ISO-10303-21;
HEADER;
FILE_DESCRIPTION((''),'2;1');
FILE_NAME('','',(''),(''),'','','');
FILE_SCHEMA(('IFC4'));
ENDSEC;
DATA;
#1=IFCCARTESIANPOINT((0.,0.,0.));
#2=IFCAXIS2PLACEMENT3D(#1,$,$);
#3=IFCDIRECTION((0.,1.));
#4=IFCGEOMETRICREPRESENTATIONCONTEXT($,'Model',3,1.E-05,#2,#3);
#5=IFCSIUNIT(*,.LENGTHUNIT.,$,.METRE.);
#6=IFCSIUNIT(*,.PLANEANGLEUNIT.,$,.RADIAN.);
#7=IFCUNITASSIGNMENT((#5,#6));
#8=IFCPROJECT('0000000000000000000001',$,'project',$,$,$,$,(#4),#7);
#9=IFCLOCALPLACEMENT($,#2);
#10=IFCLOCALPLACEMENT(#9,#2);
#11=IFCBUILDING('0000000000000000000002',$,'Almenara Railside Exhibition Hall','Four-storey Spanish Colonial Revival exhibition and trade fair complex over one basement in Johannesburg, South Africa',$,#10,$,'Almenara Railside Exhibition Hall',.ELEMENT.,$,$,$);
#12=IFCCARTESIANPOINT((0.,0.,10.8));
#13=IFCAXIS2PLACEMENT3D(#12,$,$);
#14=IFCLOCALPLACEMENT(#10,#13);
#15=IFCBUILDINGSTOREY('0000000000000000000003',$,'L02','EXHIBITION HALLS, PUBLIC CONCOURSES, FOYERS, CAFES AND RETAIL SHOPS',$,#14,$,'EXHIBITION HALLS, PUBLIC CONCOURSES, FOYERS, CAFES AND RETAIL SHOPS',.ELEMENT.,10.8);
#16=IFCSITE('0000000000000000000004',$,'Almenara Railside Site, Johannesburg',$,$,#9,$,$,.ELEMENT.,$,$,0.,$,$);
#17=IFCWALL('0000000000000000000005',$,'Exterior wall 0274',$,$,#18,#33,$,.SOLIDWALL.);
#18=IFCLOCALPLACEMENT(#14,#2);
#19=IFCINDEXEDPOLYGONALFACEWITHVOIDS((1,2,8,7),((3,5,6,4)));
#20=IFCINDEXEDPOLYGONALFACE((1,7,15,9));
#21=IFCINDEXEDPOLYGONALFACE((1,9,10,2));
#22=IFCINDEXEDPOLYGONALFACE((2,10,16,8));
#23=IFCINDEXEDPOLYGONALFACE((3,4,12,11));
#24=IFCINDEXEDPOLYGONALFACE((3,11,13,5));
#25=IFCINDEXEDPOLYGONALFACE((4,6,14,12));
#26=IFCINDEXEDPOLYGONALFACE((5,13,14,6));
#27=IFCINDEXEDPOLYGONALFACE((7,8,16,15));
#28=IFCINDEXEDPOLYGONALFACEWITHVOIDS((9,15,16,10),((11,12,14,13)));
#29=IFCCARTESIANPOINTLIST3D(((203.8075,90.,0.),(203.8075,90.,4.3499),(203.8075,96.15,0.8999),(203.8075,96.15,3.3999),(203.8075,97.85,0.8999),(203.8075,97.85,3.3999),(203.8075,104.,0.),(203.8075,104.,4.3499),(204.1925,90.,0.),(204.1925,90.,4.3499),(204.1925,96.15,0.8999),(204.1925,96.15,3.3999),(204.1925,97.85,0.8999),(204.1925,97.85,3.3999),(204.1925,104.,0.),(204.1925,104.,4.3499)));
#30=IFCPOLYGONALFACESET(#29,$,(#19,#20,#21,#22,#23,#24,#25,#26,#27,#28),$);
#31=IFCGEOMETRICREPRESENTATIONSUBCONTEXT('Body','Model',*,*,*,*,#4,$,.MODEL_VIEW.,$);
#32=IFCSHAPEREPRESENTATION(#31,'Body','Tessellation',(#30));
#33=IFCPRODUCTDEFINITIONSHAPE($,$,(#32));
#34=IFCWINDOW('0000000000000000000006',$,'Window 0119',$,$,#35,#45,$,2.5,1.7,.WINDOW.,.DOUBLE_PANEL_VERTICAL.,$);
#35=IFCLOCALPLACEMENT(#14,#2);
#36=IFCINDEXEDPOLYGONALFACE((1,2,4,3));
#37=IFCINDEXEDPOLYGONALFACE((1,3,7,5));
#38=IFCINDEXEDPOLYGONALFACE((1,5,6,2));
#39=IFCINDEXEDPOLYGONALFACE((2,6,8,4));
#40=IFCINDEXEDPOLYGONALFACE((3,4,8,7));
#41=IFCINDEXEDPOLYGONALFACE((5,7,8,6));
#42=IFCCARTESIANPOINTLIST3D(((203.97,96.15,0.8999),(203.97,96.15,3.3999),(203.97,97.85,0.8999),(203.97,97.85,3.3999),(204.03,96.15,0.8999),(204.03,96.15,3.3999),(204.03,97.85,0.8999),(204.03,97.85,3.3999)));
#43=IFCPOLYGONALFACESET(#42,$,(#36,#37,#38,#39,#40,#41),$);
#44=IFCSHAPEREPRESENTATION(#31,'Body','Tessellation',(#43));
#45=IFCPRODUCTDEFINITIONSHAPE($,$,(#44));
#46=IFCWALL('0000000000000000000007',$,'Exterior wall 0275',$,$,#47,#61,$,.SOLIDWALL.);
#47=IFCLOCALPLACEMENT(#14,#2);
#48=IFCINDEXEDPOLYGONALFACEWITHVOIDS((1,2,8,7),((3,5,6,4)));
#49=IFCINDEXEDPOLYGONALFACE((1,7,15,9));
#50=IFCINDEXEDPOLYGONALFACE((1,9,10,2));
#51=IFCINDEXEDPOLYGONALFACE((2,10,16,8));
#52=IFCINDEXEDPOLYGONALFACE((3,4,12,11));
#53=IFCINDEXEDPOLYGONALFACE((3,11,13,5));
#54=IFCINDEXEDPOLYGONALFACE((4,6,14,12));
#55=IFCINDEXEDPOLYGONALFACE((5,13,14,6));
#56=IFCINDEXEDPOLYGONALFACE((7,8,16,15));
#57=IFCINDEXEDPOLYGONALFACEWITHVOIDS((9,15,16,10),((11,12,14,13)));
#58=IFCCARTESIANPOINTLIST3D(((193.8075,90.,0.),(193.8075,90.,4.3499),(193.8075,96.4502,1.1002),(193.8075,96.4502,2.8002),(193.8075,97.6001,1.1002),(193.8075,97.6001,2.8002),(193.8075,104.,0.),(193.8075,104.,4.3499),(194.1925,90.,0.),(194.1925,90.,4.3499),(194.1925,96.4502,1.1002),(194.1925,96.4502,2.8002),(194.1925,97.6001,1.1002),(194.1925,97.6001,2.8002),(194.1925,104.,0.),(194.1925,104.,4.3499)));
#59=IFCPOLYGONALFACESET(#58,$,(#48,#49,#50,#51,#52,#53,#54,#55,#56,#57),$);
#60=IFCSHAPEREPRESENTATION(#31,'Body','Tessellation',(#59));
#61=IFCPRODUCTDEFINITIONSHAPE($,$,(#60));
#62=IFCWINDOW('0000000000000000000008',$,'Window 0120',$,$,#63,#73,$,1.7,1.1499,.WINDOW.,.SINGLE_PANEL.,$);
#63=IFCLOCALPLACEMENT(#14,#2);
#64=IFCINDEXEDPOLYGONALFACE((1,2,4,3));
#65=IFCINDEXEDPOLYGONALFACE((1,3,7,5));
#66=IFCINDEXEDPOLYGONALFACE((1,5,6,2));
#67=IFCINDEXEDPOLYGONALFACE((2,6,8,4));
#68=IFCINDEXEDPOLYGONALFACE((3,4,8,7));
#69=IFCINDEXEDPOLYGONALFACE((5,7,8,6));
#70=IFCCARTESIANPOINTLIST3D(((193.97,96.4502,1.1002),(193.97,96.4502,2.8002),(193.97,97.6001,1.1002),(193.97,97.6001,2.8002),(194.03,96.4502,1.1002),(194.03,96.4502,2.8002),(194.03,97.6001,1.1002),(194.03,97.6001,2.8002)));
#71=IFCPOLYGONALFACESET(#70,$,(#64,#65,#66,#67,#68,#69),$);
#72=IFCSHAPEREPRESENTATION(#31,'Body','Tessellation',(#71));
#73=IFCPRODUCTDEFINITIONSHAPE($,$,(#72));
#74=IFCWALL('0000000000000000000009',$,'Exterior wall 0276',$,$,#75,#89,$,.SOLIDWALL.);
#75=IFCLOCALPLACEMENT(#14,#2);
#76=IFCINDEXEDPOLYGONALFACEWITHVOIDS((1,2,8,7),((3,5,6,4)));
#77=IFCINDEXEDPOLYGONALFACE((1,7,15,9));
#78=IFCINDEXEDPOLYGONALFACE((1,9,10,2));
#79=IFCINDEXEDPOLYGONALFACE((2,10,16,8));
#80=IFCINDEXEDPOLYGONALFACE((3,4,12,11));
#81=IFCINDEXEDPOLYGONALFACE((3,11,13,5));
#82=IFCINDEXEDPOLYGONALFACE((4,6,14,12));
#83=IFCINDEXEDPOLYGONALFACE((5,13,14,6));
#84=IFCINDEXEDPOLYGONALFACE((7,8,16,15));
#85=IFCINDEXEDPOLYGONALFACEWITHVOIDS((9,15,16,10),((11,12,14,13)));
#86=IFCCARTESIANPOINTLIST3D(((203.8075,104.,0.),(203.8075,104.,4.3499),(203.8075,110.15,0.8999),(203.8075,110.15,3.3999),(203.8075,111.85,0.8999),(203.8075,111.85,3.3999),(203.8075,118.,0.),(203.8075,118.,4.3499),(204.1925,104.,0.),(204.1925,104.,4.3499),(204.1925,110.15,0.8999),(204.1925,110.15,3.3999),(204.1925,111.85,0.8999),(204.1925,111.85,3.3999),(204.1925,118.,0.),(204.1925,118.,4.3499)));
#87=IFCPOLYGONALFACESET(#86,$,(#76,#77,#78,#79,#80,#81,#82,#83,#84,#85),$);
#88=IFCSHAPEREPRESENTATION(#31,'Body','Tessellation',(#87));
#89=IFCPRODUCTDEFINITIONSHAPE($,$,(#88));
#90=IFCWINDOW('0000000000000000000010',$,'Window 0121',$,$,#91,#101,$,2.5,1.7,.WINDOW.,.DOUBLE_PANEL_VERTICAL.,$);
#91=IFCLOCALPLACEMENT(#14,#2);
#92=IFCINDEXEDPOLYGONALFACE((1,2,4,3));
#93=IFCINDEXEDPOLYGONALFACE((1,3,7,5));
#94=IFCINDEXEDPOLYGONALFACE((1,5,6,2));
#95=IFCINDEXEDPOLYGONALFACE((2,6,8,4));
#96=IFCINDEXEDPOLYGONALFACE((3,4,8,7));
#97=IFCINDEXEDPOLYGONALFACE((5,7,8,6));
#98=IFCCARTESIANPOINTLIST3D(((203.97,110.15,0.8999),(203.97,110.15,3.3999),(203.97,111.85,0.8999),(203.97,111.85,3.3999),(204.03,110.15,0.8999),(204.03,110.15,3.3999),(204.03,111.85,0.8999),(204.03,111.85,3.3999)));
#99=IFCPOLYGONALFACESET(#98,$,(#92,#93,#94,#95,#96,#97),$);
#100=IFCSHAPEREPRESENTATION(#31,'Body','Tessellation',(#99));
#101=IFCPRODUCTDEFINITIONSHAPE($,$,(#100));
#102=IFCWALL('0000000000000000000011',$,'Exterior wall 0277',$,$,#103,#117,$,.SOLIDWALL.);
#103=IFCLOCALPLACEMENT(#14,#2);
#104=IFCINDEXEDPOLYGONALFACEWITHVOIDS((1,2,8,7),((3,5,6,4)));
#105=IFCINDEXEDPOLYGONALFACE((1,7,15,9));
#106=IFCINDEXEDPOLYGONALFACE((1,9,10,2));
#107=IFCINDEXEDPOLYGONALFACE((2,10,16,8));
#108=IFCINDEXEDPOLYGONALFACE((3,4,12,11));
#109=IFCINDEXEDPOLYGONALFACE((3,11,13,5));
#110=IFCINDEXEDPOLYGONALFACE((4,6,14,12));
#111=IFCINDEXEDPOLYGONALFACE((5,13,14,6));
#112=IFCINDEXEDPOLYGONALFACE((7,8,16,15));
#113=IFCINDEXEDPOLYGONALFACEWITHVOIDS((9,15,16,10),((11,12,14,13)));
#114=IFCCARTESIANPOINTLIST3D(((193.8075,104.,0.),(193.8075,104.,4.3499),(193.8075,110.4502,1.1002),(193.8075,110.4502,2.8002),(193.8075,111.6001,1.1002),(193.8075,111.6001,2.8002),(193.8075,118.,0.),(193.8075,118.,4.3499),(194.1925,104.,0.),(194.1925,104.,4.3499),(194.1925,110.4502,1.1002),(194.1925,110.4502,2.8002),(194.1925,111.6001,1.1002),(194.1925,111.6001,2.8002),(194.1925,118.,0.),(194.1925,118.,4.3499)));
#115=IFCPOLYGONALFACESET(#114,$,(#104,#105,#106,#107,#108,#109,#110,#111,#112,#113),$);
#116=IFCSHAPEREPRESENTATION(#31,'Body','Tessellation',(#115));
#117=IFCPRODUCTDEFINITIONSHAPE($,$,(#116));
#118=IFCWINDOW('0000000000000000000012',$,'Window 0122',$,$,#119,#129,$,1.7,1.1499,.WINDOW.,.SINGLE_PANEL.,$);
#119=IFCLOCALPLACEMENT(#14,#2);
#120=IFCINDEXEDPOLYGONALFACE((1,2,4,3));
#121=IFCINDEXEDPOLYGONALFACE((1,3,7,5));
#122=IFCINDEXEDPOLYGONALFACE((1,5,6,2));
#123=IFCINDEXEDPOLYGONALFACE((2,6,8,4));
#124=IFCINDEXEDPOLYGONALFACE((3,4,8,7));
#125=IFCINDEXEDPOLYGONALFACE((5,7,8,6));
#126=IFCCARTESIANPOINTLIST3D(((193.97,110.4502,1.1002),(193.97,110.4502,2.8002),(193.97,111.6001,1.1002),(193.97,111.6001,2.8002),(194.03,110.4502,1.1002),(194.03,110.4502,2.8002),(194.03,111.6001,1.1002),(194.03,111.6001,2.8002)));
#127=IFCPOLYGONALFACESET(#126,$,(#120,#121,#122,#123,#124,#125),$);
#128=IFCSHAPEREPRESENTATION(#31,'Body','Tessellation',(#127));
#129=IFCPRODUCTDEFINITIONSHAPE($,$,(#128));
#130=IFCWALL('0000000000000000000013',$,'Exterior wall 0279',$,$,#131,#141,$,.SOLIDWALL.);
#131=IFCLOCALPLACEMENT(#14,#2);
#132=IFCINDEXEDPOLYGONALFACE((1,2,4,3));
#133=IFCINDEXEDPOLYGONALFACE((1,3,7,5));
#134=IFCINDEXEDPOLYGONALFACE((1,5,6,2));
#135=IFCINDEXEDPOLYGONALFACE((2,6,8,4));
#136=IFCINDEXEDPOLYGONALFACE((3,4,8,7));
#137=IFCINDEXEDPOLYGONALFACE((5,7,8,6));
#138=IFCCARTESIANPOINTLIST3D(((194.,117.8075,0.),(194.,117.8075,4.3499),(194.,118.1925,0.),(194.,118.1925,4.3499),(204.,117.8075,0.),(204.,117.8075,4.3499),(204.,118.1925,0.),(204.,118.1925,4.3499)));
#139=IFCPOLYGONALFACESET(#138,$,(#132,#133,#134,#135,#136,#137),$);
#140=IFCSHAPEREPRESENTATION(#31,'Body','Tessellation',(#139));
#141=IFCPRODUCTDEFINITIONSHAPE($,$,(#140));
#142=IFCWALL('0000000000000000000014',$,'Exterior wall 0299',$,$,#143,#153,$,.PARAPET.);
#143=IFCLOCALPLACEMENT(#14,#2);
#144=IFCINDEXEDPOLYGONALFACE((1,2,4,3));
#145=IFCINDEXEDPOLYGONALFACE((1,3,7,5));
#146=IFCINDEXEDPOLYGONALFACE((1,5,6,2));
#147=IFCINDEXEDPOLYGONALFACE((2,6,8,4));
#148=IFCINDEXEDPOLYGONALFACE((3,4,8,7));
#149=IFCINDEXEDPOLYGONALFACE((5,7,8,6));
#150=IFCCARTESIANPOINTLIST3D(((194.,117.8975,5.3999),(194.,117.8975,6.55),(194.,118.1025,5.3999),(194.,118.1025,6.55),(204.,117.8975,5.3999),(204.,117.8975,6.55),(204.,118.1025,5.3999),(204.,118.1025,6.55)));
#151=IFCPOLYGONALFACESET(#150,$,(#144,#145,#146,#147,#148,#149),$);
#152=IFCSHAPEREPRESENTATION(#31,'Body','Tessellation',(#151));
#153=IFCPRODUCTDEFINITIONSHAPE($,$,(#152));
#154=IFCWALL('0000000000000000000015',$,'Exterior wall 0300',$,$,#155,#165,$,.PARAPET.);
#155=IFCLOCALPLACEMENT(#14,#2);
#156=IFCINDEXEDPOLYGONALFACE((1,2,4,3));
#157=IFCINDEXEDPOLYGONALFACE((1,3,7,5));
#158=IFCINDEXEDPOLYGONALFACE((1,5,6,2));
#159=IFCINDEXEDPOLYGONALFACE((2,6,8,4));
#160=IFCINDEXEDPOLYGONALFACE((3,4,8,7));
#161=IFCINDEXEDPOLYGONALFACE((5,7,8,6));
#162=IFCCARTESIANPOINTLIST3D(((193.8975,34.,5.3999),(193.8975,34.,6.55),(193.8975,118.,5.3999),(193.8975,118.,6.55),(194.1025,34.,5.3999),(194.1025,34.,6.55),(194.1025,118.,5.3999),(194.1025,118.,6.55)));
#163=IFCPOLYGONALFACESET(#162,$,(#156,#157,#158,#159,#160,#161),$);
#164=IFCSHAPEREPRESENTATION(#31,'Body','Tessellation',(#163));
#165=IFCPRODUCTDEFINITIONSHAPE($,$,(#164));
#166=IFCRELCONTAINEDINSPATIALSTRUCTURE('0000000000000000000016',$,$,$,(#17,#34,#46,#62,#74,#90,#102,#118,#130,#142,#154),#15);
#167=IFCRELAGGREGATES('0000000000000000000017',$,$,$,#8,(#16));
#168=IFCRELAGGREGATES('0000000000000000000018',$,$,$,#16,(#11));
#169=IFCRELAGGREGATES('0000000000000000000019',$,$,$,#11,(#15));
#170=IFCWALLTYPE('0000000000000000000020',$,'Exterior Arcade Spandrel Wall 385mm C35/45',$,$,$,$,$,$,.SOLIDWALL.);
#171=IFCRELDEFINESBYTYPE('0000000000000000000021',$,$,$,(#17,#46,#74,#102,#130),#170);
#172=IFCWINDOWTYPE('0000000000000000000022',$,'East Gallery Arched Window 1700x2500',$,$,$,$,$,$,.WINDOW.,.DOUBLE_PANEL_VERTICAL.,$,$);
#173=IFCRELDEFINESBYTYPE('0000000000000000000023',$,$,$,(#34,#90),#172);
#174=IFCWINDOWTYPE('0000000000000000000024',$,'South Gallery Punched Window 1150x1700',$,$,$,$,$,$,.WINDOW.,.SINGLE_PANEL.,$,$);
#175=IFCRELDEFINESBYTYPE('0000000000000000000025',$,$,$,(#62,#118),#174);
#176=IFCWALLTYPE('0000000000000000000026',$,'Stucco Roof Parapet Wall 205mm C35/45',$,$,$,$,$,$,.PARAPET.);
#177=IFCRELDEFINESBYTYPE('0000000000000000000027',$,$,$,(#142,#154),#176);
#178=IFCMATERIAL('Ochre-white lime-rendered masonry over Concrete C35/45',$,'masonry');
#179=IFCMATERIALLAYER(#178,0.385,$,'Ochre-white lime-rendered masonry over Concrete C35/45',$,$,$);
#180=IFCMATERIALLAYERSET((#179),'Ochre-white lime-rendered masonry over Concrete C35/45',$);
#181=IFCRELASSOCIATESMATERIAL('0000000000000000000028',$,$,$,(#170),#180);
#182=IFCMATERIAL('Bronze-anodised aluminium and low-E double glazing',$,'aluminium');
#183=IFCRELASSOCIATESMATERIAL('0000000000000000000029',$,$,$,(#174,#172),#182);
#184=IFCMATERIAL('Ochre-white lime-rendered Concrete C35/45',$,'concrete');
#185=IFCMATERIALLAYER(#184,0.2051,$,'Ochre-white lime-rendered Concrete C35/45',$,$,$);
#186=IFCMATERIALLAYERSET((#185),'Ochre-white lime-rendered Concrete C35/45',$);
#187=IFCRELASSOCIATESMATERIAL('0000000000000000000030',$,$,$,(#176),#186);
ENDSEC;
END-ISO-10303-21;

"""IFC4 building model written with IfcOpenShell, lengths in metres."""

from ifc_helpers import new_model, si_unit, direction, frame, frame_2d, origin, place, context, subcontext, project, spatial, rectangle, extrude, material, layer, layer_set, type_object, element, fill, save


model = new_model("IFC4")

# Units and contexts
model_context = context("Model", 3, precision=1e-05, world=origin(), true_north=direction((0.0, 1.0)))
body_context = subcontext(model_context, "Body", "Model", "MODEL_VIEW")
ifc_project = project(units=[si_unit("LENGTHUNIT", "METRE"), si_unit("PLANEANGLEUNIT", "RADIAN")], contexts=[model_context])

# Site, building, storey
site_placement = place(None, origin())
site = spatial("IfcSite", under=ifc_project, at=site_placement, Name="Almenara Railside Site, Johannesburg", CompositionType="ELEMENT", RefElevation=0.0)
building_placement = place(site_placement, origin())
building = spatial("IfcBuilding", under=site, at=building_placement, Name="Almenara Railside Exhibition Hall", Description="Four-storey Spanish Colonial Revival exhibition and trade fair complex over one basement in Johannesburg, South Africa", LongName="Almenara Railside Exhibition Hall", CompositionType="ELEMENT")
storey_placement = place(building_placement, frame((0.0, 0.0, 10.8)))
storey = spatial("IfcBuildingStorey", under=building, at=storey_placement, Name="L02", Description="EXHIBITION HALLS, PUBLIC CONCOURSES, FOYERS, CAFES AND RETAIL SHOPS", LongName="EXHIBITION HALLS, PUBLIC CONCOURSES, FOYERS, CAFES AND RETAIL SHOPS", CompositionType="ELEMENT", Elevation=10.8)

# Walls, openings, windows
ifc_material_1 = material(Name="Ochre-white lime-rendered masonry over Concrete C35/45", Category="masonry")
ifc_layer_1 = layer(ifc_material_1, 0.385, Name="Ochre-white lime-rendered masonry over Concrete C35/45")
ifc_layer_set_1 = layer_set([ifc_layer_1], Name="Ochre-white lime-rendered masonry over Concrete C35/45")
wall_type_1 = type_object("IfcWallType", Name="Exterior Arcade Spandrel Wall 385mm C35/45", PredefinedType="SOLIDWALL", material=ifc_layer_set_1)
ifc_material_2 = material(Name="Bronze-anodised aluminium and low-E double glazing", Category="aluminium")
window_type_1 = type_object("IfcWindowType", Name="South Gallery Punched Window 1150x1700", PartitioningType="SINGLE_PANEL", PredefinedType="WINDOW", material=ifc_material_2)
wall_1_placement = place(storey_placement, frame((204.0, 90.0, 0.0), z_axis=(0.0, 0.0, 1.0), x_axis=(0.0, 1.0, 0.0)))
wall_1 = element("IfcWall", 1, at=wall_1_placement, inside=storey, type_object=wall_type_1, Name="Exterior wall 0274", PredefinedType="SOLIDWALL", context=body_context, shape_type="SweptSolid", body=[
    extrude(rectangle(XDim=14.0, YDim=0.385, at=frame_2d((7.0, 0.0))), origin(), (0.0, 0.0, 1.0), 4.3499),
])
opening_1_placement = place(wall_1_placement, frame((6.1499, 0.0, 0.8999)))
opening_1 = element("IfcOpeningElement", 2, at=opening_1_placement, cuts=wall_1, PredefinedType="OPENING", context=body_context, shape_type="SweptSolid", body=[
    extrude(rectangle(XDim=1.7, YDim=2.5, at=frame_2d((0.8501, 1.25))), frame((0.0, 0.2024, 0.0), z_axis=(0.0, -1.0, 0.0), x_axis=(1.0, 0.0, 0.0)), (0.0, 0.0, 1.0), 0.405),
])
window_type_2 = type_object("IfcWindowType", Name="East Gallery Arched Window 1700x2500", PartitioningType="DOUBLE_PANEL_VERTICAL", PredefinedType="WINDOW", material=ifc_material_2)
window_1_placement = place(opening_1_placement, origin())
window_1 = element("IfcWindow", 3, at=window_1_placement, inside=storey, type_object=window_type_2, Name="Window 0119", OverallHeight=2.5, OverallWidth=1.7, PartitioningType="DOUBLE_PANEL_VERTICAL", PredefinedType="WINDOW", context=body_context, shape_type="SweptSolid", body=[
    extrude(rectangle(XDim=1.7, YDim=2.5, at=frame_2d((0.8501, 1.25))), frame((0.0, 0.03, 0.0), z_axis=(0.0, -1.0, 0.0), x_axis=(1.0, 0.0, 0.0)), (0.0, 0.0, 1.0), 0.0601),
])
fill(opening_1, window_1)
wall_2_placement = place(storey_placement, frame((194.0, 104.0, 0.0), z_axis=(0.0, 0.0, 1.0), x_axis=(0.0, -1.0, 0.0)))
wall_2 = element("IfcWall", 4, at=wall_2_placement, inside=storey, type_object=wall_type_1, Name="Exterior wall 0275", PredefinedType="SOLIDWALL", context=body_context, shape_type="SweptSolid", body=[
    extrude(rectangle(XDim=14.0, YDim=0.385, at=frame_2d((7.0, 0.0))), origin(), (0.0, 0.0, 1.0), 4.3499),
])
opening_2_placement = place(wall_2_placement, frame((6.3999, 0.0, 1.1001)))
opening_2 = element("IfcOpeningElement", 5, at=opening_2_placement, cuts=wall_2, PredefinedType="OPENING", context=body_context, shape_type="SweptSolid", body=[
    extrude(rectangle(XDim=1.1499, YDim=1.7, at=frame_2d((0.575, 0.8501))), frame((0.0, 0.2024, 0.0), z_axis=(0.0, -1.0, 0.0), x_axis=(1.0, 0.0, 0.0)), (0.0, 0.0, 1.0), 0.405),
])
window_2_placement = place(opening_2_placement, origin())
window_2 = element("IfcWindow", 6, at=window_2_placement, inside=storey, type_object=window_type_1, Name="Window 0120", OverallHeight=1.7, OverallWidth=1.1499, PartitioningType="SINGLE_PANEL", PredefinedType="WINDOW", context=body_context, shape_type="SweptSolid", body=[
    extrude(rectangle(XDim=1.1499, YDim=1.7, at=frame_2d((0.575, 0.8501))), frame((0.0, 0.03, 0.0), z_axis=(0.0, -1.0, 0.0), x_axis=(1.0, 0.0, 0.0)), (0.0, 0.0, 1.0), 0.0601),
])
fill(opening_2, window_2)
wall_3_placement = place(storey_placement, frame((204.0, 104.0, 0.0), z_axis=(0.0, 0.0, 1.0), x_axis=(0.0, 1.0, 0.0)))
wall_3 = element("IfcWall", 7, at=wall_3_placement, inside=storey, type_object=wall_type_1, Name="Exterior wall 0276", PredefinedType="SOLIDWALL", context=body_context, shape_type="SweptSolid", body=[
    extrude(rectangle(XDim=14.0, YDim=0.385, at=frame_2d((7.0, 0.0))), origin(), (0.0, 0.0, 1.0), 4.3499),
])
opening_3_placement = place(wall_3_placement, frame((6.1499, 0.0, 0.8999)))
opening_3 = element("IfcOpeningElement", 8, at=opening_3_placement, cuts=wall_3, PredefinedType="OPENING", context=body_context, shape_type="SweptSolid", body=[
    extrude(rectangle(XDim=1.7, YDim=2.5, at=frame_2d((0.8501, 1.25))), frame((0.0, 0.2024, 0.0), z_axis=(0.0, -1.0, 0.0), x_axis=(1.0, 0.0, 0.0)), (0.0, 0.0, 1.0), 0.405),
])
window_3_placement = place(opening_3_placement, origin())
window_3 = element("IfcWindow", 9, at=window_3_placement, inside=storey, type_object=window_type_2, Name="Window 0121", OverallHeight=2.5, OverallWidth=1.7, PartitioningType="DOUBLE_PANEL_VERTICAL", PredefinedType="WINDOW", context=body_context, shape_type="SweptSolid", body=[
    extrude(rectangle(XDim=1.7, YDim=2.5, at=frame_2d((0.8501, 1.25))), frame((0.0, 0.03, 0.0), z_axis=(0.0, -1.0, 0.0), x_axis=(1.0, 0.0, 0.0)), (0.0, 0.0, 1.0), 0.0601),
])
fill(opening_3, window_3)
wall_4_placement = place(storey_placement, frame((194.0, 118.0, 0.0), z_axis=(0.0, 0.0, 1.0), x_axis=(0.0, -1.0, 0.0)))
wall_4 = element("IfcWall", 10, at=wall_4_placement, inside=storey, type_object=wall_type_1, Name="Exterior wall 0277", PredefinedType="SOLIDWALL", context=body_context, shape_type="SweptSolid", body=[
    extrude(rectangle(XDim=14.0, YDim=0.385, at=frame_2d((7.0, 0.0))), origin(), (0.0, 0.0, 1.0), 4.3499),
])
opening_4_placement = place(wall_4_placement, frame((6.3999, 0.0, 1.1001)))
opening_4 = element("IfcOpeningElement", 11, at=opening_4_placement, cuts=wall_4, PredefinedType="OPENING", context=body_context, shape_type="SweptSolid", body=[
    extrude(rectangle(XDim=1.1499, YDim=1.7, at=frame_2d((0.575, 0.8501))), frame((0.0, 0.2024, 0.0), z_axis=(0.0, -1.0, 0.0), x_axis=(1.0, 0.0, 0.0)), (0.0, 0.0, 1.0), 0.405),
])
window_4_placement = place(opening_4_placement, origin())
window_4 = element("IfcWindow", 12, at=window_4_placement, inside=storey, type_object=window_type_1, Name="Window 0122", OverallHeight=1.7, OverallWidth=1.1499, PartitioningType="SINGLE_PANEL", PredefinedType="WINDOW", context=body_context, shape_type="SweptSolid", body=[
    extrude(rectangle(XDim=1.1499, YDim=1.7, at=frame_2d((0.575, 0.8501))), frame((0.0, 0.03, 0.0), z_axis=(0.0, -1.0, 0.0), x_axis=(1.0, 0.0, 0.0)), (0.0, 0.0, 1.0), 0.0601),
])
fill(opening_4, window_4)

# Walls
wall_5_placement = place(storey_placement, frame((204.0, 118.0, 0.0), z_axis=(0.0, 0.0, 1.0), x_axis=(-1.0, 0.0, 0.0)))
element("IfcWall", 13, at=wall_5_placement, inside=storey, type_object=wall_type_1, Name="Exterior wall 0279", PredefinedType="SOLIDWALL", context=body_context, shape_type="SweptSolid", body=[
    extrude(rectangle(XDim=10.0, YDim=0.385, at=frame_2d((5.0, 0.0))), origin(), (0.0, 0.0, 1.0), 4.3499),
])
ifc_material_3 = material(Name="Ochre-white lime-rendered Concrete C35/45", Category="concrete")
ifc_layer_2 = layer(ifc_material_3, 0.2051, Name="Ochre-white lime-rendered Concrete C35/45")
ifc_layer_set_2 = layer_set([ifc_layer_2], Name="Ochre-white lime-rendered Concrete C35/45")
wall_type_2 = type_object("IfcWallType", Name="Stucco Roof Parapet Wall 205mm C35/45", PredefinedType="PARAPET", material=ifc_layer_set_2)
wall_6_placement = place(storey_placement, frame((204.0, 118.0, 5.3999), z_axis=(0.0, 0.0, 1.0), x_axis=(-1.0, 0.0, 0.0)))
element("IfcWall", 14, at=wall_6_placement, inside=storey, type_object=wall_type_2, Name="Exterior wall 0299", PredefinedType="PARAPET", context=body_context, shape_type="SweptSolid", body=[
    extrude(rectangle(XDim=10.0, YDim=0.2051, at=frame_2d((5.0, 0.0))), origin(), (0.0, 0.0, 1.0), 1.1501),
])
wall_7_placement = place(storey_placement, frame((194.0, 118.0, 5.3999), z_axis=(0.0, 0.0, 1.0), x_axis=(0.0, -1.0, 0.0)))
element("IfcWall", 15, at=wall_7_placement, inside=storey, type_object=wall_type_2, Name="Exterior wall 0300", PredefinedType="PARAPET", context=body_context, shape_type="SweptSolid", body=[
    extrude(rectangle(XDim=84.0, YDim=0.2051, at=frame_2d((42.0, 0.0))), origin(), (0.0, 0.0, 1.0), 1.1501),
])

save(model, "model.ifc")
